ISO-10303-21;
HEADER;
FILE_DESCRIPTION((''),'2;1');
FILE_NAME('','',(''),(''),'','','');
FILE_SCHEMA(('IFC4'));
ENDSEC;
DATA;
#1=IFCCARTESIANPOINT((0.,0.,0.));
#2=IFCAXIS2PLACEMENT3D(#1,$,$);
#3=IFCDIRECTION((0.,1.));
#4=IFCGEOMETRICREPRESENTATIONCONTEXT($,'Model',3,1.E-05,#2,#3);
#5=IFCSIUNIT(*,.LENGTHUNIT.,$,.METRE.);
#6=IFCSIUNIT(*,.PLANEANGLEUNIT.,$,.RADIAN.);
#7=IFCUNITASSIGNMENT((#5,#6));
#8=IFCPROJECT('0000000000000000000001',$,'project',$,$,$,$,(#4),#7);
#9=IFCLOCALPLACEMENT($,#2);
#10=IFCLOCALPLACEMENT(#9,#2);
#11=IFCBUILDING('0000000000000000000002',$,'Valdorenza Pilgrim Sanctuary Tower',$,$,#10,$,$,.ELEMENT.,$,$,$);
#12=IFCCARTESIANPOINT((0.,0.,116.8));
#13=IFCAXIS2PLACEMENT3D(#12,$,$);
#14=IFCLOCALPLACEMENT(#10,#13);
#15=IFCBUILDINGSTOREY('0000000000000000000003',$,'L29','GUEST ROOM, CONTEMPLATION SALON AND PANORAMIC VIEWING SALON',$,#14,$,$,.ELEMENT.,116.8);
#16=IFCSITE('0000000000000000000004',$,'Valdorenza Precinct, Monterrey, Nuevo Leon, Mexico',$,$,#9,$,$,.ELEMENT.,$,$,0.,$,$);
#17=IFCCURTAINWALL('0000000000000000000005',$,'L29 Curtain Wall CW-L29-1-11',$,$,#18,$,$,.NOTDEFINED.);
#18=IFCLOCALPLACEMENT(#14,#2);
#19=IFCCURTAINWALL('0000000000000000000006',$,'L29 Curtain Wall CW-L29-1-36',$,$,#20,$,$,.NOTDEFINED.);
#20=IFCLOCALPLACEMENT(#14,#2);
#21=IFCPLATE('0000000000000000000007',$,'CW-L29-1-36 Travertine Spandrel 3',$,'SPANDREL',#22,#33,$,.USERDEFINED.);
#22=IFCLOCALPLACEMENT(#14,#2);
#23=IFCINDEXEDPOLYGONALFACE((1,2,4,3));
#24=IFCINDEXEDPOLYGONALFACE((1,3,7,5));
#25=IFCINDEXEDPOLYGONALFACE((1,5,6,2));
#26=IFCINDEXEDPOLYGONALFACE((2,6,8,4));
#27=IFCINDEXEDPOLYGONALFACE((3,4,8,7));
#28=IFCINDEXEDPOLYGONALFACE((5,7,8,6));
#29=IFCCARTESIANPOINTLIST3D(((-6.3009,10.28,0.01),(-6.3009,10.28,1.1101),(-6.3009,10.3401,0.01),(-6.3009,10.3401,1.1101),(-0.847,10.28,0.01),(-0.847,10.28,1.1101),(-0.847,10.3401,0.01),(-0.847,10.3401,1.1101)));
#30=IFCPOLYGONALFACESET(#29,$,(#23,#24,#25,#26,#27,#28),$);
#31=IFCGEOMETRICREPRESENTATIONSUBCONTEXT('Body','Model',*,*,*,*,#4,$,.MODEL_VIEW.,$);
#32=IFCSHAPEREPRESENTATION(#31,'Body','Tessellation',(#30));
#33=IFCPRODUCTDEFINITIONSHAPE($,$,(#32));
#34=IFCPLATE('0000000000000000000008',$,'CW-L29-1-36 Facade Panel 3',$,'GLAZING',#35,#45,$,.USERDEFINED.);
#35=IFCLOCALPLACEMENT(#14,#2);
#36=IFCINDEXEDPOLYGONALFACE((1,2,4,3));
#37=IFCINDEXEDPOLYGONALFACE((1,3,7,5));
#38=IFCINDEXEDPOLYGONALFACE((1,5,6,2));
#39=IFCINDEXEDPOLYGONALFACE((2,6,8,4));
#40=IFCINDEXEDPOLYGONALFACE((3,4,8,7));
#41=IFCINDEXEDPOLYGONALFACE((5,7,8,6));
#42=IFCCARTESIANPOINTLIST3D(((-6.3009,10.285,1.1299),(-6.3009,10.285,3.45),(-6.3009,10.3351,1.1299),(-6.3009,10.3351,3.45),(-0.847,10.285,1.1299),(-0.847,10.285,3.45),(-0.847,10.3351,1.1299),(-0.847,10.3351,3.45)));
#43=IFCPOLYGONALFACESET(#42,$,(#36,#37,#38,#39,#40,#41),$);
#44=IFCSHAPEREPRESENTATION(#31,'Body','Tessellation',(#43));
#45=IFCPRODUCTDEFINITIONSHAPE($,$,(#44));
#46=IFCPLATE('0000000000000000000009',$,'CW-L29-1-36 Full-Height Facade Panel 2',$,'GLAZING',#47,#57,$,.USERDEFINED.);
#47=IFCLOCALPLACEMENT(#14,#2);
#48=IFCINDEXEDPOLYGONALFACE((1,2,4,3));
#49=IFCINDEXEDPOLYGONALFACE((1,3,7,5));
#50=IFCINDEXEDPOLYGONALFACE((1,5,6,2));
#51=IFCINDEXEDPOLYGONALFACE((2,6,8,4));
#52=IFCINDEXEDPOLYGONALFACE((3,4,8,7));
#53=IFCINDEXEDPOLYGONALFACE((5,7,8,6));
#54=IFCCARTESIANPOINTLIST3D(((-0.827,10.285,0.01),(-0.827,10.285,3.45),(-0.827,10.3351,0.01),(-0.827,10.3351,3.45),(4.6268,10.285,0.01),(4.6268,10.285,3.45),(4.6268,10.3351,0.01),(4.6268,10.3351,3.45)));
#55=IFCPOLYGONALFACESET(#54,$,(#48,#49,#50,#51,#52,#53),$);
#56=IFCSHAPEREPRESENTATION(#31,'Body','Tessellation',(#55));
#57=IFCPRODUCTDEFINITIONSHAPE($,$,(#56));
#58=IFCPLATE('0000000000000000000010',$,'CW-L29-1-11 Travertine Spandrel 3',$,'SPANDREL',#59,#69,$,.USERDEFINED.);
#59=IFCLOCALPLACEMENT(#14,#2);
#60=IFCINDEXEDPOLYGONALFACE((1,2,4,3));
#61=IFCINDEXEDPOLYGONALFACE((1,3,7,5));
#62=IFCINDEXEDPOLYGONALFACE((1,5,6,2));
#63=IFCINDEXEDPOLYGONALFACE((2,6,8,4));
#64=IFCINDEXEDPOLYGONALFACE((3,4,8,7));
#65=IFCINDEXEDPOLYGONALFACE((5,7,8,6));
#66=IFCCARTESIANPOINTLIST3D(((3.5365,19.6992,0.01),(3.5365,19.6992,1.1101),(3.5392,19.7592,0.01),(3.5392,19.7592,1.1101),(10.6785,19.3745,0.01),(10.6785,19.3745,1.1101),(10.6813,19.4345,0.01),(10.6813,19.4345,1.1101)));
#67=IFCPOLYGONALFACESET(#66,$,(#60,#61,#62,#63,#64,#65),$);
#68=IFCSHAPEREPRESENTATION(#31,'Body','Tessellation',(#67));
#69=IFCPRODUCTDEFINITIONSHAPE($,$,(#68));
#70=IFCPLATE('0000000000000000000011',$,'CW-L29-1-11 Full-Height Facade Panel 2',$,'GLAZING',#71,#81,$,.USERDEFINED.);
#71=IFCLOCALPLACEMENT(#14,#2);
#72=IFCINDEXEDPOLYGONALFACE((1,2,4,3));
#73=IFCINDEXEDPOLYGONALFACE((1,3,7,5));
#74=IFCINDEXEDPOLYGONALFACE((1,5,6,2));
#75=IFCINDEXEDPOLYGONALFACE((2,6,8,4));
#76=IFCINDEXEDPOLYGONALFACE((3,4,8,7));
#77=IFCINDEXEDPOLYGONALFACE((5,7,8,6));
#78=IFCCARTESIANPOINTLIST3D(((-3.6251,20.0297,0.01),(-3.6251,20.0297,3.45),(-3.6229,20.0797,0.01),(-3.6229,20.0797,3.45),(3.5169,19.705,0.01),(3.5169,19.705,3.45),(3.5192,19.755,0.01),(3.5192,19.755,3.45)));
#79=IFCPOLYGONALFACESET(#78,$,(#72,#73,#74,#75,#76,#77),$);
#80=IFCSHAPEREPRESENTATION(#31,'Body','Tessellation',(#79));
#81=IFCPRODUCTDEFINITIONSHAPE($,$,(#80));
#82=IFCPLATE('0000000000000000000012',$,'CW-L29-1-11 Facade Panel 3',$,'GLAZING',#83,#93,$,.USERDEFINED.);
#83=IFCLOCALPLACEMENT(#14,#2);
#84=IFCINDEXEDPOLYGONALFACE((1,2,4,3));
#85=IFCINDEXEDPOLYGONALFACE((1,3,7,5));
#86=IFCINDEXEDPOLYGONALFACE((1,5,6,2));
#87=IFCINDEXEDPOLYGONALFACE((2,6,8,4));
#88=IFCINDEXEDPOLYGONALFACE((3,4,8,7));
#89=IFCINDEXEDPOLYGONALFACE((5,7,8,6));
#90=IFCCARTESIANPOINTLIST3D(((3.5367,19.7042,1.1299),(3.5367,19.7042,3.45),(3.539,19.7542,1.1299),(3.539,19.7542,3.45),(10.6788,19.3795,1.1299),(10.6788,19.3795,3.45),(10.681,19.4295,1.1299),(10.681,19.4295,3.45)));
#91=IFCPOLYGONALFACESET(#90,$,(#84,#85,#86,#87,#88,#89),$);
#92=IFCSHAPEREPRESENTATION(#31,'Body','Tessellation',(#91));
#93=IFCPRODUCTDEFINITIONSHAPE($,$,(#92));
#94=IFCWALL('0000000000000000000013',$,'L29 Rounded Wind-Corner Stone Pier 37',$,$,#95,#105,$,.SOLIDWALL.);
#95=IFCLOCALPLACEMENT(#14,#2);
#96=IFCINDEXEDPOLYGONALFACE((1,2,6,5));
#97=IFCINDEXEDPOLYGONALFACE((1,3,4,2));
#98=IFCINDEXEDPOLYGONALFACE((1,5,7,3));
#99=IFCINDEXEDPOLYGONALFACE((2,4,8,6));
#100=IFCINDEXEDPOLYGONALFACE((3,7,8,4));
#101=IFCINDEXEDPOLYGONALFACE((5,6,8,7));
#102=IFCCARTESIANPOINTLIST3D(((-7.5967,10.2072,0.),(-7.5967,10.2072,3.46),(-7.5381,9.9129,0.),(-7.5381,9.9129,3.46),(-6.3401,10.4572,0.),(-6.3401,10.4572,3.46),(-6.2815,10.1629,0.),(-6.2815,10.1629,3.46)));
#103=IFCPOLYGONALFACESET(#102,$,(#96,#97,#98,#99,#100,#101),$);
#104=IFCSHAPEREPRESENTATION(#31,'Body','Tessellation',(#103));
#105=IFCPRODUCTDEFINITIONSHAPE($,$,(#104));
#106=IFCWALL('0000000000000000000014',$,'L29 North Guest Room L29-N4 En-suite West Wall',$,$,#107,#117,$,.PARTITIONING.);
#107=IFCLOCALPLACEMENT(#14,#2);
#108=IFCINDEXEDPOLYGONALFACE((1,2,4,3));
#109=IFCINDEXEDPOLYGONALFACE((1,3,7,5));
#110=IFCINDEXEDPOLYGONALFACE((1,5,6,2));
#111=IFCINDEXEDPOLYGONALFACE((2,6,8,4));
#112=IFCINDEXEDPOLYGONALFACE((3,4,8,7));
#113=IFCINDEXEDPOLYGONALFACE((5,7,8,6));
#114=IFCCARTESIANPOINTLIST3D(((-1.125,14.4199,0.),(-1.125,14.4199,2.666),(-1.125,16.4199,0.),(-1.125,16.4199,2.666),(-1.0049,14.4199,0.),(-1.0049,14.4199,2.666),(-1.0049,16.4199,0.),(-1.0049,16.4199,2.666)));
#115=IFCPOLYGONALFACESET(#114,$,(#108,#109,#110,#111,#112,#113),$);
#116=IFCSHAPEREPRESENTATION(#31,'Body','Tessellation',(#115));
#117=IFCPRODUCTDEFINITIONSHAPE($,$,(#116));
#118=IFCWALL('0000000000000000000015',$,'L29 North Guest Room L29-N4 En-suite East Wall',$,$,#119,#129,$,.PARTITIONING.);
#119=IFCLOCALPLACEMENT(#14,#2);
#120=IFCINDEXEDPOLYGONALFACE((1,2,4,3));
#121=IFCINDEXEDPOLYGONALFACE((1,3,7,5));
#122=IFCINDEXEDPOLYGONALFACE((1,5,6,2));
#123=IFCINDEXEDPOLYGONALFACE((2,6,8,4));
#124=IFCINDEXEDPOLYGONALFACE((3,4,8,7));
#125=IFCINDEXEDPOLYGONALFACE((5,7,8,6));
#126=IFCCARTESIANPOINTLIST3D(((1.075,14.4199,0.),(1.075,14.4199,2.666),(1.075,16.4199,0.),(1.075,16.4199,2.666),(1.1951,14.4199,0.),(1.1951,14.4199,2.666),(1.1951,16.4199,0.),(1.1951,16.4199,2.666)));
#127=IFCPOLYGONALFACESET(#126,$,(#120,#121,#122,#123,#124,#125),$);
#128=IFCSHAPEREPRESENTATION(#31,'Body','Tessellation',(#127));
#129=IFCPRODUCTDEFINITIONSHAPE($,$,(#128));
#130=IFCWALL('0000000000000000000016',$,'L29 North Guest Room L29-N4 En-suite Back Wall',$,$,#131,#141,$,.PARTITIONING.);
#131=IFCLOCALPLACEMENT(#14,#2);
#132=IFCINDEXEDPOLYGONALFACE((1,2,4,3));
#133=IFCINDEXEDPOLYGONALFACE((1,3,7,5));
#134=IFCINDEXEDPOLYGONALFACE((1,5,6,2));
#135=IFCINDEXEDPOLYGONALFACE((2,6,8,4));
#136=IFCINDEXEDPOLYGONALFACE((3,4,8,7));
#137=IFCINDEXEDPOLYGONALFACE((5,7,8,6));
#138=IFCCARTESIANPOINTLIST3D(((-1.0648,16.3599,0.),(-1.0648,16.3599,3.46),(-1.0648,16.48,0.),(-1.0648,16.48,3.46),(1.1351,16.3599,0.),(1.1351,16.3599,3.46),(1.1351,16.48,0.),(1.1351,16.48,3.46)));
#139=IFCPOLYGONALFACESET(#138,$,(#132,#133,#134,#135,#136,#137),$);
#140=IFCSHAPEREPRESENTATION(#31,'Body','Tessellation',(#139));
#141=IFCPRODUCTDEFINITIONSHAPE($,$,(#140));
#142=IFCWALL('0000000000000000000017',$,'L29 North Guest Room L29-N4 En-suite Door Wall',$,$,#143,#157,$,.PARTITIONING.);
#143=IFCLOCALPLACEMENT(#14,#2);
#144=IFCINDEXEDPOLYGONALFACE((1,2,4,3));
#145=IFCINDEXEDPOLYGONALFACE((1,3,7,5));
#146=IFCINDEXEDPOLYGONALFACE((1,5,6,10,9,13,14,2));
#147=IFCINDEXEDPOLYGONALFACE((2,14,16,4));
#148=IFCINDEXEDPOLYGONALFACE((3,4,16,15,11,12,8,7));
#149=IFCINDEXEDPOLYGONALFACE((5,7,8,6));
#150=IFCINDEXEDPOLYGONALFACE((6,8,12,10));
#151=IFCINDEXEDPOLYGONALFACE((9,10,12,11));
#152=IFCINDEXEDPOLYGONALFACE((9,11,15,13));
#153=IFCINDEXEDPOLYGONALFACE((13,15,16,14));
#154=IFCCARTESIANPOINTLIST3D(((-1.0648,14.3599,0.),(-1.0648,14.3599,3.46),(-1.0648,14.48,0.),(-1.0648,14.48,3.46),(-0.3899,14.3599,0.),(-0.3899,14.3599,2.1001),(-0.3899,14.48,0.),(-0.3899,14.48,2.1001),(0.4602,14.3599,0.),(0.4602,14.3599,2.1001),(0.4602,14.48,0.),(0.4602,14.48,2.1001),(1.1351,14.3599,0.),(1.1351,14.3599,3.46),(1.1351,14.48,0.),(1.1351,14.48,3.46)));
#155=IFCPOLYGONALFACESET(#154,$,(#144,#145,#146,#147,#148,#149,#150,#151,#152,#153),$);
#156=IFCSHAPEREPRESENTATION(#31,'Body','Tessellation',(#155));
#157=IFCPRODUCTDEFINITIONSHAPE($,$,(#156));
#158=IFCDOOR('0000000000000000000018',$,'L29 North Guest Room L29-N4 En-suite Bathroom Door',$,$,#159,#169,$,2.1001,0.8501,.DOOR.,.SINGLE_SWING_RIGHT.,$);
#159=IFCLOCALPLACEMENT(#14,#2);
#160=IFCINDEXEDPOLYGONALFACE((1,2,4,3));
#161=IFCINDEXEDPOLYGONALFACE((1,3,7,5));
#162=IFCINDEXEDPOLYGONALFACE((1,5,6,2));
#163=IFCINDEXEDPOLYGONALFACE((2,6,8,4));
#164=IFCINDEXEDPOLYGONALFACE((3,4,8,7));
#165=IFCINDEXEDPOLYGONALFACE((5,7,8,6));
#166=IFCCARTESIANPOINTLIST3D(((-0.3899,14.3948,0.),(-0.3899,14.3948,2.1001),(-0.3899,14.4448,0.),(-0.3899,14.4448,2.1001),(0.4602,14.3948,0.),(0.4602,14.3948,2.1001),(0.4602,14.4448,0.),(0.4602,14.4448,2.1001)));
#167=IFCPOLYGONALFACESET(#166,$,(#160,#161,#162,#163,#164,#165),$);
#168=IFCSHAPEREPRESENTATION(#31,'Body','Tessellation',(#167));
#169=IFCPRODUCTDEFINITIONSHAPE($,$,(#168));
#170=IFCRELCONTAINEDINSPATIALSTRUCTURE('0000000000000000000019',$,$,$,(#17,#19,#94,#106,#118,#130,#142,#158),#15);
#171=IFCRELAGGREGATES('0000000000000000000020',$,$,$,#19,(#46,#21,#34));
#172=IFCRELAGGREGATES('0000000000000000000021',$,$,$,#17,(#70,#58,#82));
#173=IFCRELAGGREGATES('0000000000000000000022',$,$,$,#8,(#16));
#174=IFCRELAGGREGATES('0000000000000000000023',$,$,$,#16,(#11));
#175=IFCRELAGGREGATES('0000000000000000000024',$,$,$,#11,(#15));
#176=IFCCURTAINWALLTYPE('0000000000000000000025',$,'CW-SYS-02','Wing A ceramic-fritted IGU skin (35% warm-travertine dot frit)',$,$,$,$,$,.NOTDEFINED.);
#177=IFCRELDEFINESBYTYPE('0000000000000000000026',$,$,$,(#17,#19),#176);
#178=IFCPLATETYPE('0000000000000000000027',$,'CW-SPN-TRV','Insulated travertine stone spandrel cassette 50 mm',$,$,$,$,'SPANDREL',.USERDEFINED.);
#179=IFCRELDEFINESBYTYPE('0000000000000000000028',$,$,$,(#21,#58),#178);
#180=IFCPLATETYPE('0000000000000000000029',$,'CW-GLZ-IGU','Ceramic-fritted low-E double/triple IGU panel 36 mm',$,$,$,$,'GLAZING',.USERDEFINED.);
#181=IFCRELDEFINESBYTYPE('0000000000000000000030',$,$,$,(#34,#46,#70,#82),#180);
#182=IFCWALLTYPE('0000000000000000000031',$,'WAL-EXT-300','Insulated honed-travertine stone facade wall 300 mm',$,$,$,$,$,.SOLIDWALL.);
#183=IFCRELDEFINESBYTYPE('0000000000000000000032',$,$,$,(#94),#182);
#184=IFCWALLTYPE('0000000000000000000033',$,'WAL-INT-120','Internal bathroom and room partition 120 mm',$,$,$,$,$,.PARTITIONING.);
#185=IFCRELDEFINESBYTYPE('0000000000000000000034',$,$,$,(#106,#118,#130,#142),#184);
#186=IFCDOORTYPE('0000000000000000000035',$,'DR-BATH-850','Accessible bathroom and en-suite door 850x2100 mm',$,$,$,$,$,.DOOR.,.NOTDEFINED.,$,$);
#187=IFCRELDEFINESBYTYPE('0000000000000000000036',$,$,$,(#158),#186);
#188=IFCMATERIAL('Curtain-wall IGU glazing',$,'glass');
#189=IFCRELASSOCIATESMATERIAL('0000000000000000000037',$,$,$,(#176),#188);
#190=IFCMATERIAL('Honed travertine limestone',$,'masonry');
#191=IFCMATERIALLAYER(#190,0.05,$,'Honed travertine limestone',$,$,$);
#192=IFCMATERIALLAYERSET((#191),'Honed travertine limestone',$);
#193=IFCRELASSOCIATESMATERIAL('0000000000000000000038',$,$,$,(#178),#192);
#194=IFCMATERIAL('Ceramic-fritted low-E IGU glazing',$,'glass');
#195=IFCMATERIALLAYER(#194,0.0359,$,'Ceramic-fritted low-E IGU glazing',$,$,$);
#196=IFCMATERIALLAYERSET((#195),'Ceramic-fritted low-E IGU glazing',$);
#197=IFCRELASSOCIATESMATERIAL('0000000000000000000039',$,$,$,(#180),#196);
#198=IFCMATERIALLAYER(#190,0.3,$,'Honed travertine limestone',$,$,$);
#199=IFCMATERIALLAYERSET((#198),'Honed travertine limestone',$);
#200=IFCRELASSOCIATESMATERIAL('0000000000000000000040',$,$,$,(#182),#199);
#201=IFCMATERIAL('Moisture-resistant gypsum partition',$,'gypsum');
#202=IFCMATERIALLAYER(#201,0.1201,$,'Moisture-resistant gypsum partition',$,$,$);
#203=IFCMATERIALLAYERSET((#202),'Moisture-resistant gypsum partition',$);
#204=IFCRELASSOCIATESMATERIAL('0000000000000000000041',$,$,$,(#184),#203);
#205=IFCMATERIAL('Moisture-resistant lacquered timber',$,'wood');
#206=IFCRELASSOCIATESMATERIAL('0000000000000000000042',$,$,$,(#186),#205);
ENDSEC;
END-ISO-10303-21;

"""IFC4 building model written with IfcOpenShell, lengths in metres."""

from ifc_helpers import new_model, si_unit, direction, frame, frame_2d, origin, origin_2d, place, context, subcontext, project, spatial, rectangle, extrude, source, transform, mapped, material, layer, layer_set, type_object, element, fill, aggregate, save


model = new_model("IFC4")

# Units and contexts
model_context = context("Model", 3, precision=1e-05, world=origin(), true_north=direction((0.0, 1.0)))
body_context = subcontext(model_context, "Body", "Model", "MODEL_VIEW")
ifc_project = project(units=[si_unit("LENGTHUNIT", "METRE"), si_unit("PLANEANGLEUNIT", "RADIAN")], contexts=[model_context])

# Site, building, storey
site_placement = place(None, origin())
site = spatial("IfcSite", under=ifc_project, at=site_placement, Name="Valdorenza Precinct, Monterrey, Nuevo Leon, Mexico", CompositionType="ELEMENT", RefElevation=0.0)
building_placement = place(site_placement, origin())
building = spatial("IfcBuilding", under=site, at=building_placement, Name="Valdorenza Pilgrim Sanctuary Tower", CompositionType="ELEMENT")
storey_placement = place(building_placement, frame((0.0, 0.0, 116.8)))
storey = spatial("IfcBuildingStorey", under=building, at=storey_placement, Name="L29", Description="GUEST ROOM, CONTEMPLATION SALON AND PANORAMIC VIEWING SALON", CompositionType="ELEMENT", Elevation=116.8)

# Curtain wall
ifc_material_1 = material(Name="Curtain-wall IGU glazing", Category="glass")
curtain_wall_type = type_object("IfcCurtainWallType", Name="CW-SYS-02", Description="Wing A ceramic-fritted IGU skin (35% warm-travertine dot frit)", PredefinedType="NOTDEFINED", material=ifc_material_1)
curtain_wall_1_placement = place(storey_placement, origin())
curtain_wall_1 = element("IfcCurtainWall", 1, at=curtain_wall_1_placement, inside=storey, type_object=curtain_wall_type, Name="L29 Curtain Wall CW-L29-1-11", PredefinedType="NOTDEFINED")

# Curtain wall, plates
curtain_wall_2_placement = place(storey_placement, origin())
curtain_wall_2 = element("IfcCurtainWall", 2, at=curtain_wall_2_placement, inside=storey, type_object=curtain_wall_type, Name="L29 Curtain Wall CW-L29-1-36", PredefinedType="NOTDEFINED")
ifc_material_2 = material(Name="Honed travertine limestone", Category="masonry")
ifc_layer_1 = layer(ifc_material_2, 0.05, Name="Honed travertine limestone")
ifc_layer_set_1 = layer_set([ifc_layer_1], Name="Honed travertine limestone")
plate_type_1 = type_object("IfcPlateType", Name="CW-SPN-TRV", Description="Insulated travertine stone spandrel cassette 50 mm", ElementType="SPANDREL", PredefinedType="USERDEFINED", material=ifc_layer_set_1)
shared_shape_1 = source(origin(), body_context, "Body", "SweptSolid", [
    extrude(rectangle(XDim=5.4539, YDim=0.0601, at=origin_2d()), origin(), (0.0, 0.0, 1.0), 1.1001),
])
plate_1_placement = place(storey_placement, frame((-3.574, 10.3101, 0.01), z_axis=(0.0, 0.0, 1.0), x_axis=(-1.0, 0.0, 0.0)))
plate_1 = element("IfcPlate", 3, at=plate_1_placement, type_object=plate_type_1, Name="CW-L29-1-36 Travertine Spandrel 3", ObjectType="SPANDREL", PredefinedType="USERDEFINED", context=body_context, shape_type="MappedRepresentation", body=[
    mapped(shared_shape_1, transform((0.0, 0.0, 0.0), x_axis=(1.0, 0.0, 0.0), y_axis=(0.0, 1.0, 0.0), z_axis=(0.0, 0.0, 1.0), scale=1.0)),
])
ifc_material_3 = material(Name="Ceramic-fritted low-E IGU glazing", Category="glass")
ifc_layer_2 = layer(ifc_material_3, 0.0359, Name="Ceramic-fritted low-E IGU glazing")
ifc_layer_set_2 = layer_set([ifc_layer_2], Name="Ceramic-fritted low-E IGU glazing")
plate_type_2 = type_object("IfcPlateType", Name="CW-GLZ-IGU", Description="Ceramic-fritted low-E double/triple IGU panel 36 mm", ElementType="GLAZING", PredefinedType="USERDEFINED", material=ifc_layer_set_2)
shared_shape_2 = source(origin(), body_context, "Body", "SweptSolid", [
    extrude(rectangle(XDim=5.4539, YDim=0.05, at=origin_2d()), origin(), (0.0, 0.0, 1.0), 2.3201),
])
plate_2_placement = place(storey_placement, frame((-3.574, 10.3101, 1.1299), z_axis=(0.0, 0.0, 1.0), x_axis=(-1.0, 0.0, 0.0)))
plate_2 = element("IfcPlate", 4, at=plate_2_placement, type_object=plate_type_2, Name="CW-L29-1-36 Facade Panel 3", ObjectType="GLAZING", PredefinedType="USERDEFINED", context=body_context, shape_type="MappedRepresentation", body=[
    mapped(shared_shape_2, transform((0.0, 0.0, 0.0), x_axis=(1.0, 0.0, 0.0), y_axis=(0.0, 1.0, 0.0), z_axis=(0.0, 0.0, 1.0), scale=1.0)),
])
shared_shape_3 = source(origin(), body_context, "Body", "SweptSolid", [
    extrude(rectangle(XDim=5.4539, YDim=0.05, at=origin_2d()), origin(), (0.0, 0.0, 1.0), 3.4399),
])
plate_3_placement = place(storey_placement, frame((1.8999, 10.3101, 0.01), z_axis=(0.0, 0.0, 1.0), x_axis=(-1.0, 0.0, 0.0)))
plate_3 = element("IfcPlate", 5, at=plate_3_placement, type_object=plate_type_2, Name="CW-L29-1-36 Full-Height Facade Panel 2", ObjectType="GLAZING", PredefinedType="USERDEFINED", context=body_context, shape_type="MappedRepresentation", body=[
    mapped(shared_shape_3, transform((0.0, 0.0, 0.0), x_axis=(1.0, 0.0, 0.0), y_axis=(0.0, 1.0, 0.0), z_axis=(0.0, 0.0, 1.0), scale=1.0)),
])
aggregate(curtain_wall_2, [plate_3, plate_1, plate_2])

# Plates
shared_shape_4 = source(origin(), body_context, "Body", "SweptSolid", [
    extrude(rectangle(XDim=7.1494, YDim=0.0601, at=origin_2d()), origin(), (0.0, 0.0, 1.0), 1.1001),
])
plate_4_placement = place(storey_placement, frame((7.1089, 19.5669, 0.01), z_axis=(0.0, 0.0, 1.0), x_axis=(0.998968, -0.045415, 0.0)))
plate_4 = element("IfcPlate", 6, at=plate_4_placement, type_object=plate_type_1, Name="CW-L29-1-11 Travertine Spandrel 3", ObjectType="SPANDREL", PredefinedType="USERDEFINED", context=body_context, shape_type="MappedRepresentation", body=[
    mapped(shared_shape_4, transform((0.0, 0.0, 0.0), x_axis=(1.0, 0.0, 0.0), y_axis=(0.0, 1.0, 0.0), z_axis=(0.0, 0.0, 1.0), scale=1.0)),
])
shared_shape_5 = source(origin(), body_context, "Body", "SweptSolid", [
    extrude(rectangle(XDim=7.1494, YDim=0.05, at=origin_2d()), origin(), (0.0, 0.0, 1.0), 3.4399),
])
plate_5_placement = place(storey_placement, frame((-0.053, 19.8923, 0.01), z_axis=(0.0, 0.0, 1.0), x_axis=(0.998968, -0.045415, 0.0)))
plate_5 = element("IfcPlate", 7, at=plate_5_placement, type_object=plate_type_2, Name="CW-L29-1-11 Full-Height Facade Panel 2", ObjectType="GLAZING", PredefinedType="USERDEFINED", context=body_context, shape_type="MappedRepresentation", body=[
    mapped(shared_shape_5, transform((0.0, 0.0, 0.0), x_axis=(1.0, 0.0, 0.0), y_axis=(0.0, 1.0, 0.0), z_axis=(0.0, 0.0, 1.0), scale=1.0)),
])
shared_shape_6 = source(origin(), body_context, "Body", "SweptSolid", [
    extrude(rectangle(XDim=7.1494, YDim=0.05, at=origin_2d()), origin(), (0.0, 0.0, 1.0), 2.3201),
])
plate_6_placement = place(storey_placement, frame((7.1089, 19.5669, 1.1299), z_axis=(0.0, 0.0, 1.0), x_axis=(0.998968, -0.045415, 0.0)))
plate_6 = element("IfcPlate", 8, at=plate_6_placement, type_object=plate_type_2, Name="CW-L29-1-11 Facade Panel 3", ObjectType="GLAZING", PredefinedType="USERDEFINED", context=body_context, shape_type="MappedRepresentation", body=[
    mapped(shared_shape_6, transform((0.0, 0.0, 0.0), x_axis=(1.0, 0.0, 0.0), y_axis=(0.0, 1.0, 0.0), z_axis=(0.0, 0.0, 1.0), scale=1.0)),
])
aggregate(curtain_wall_1, [plate_5, plate_4, plate_6])

# Walls
ifc_layer_3 = layer(ifc_material_2, 0.3, Name="Honed travertine limestone")
ifc_layer_set_3 = layer_set([ifc_layer_3], Name="Honed travertine limestone")
wall_type_1 = type_object("IfcWallType", Name="WAL-EXT-300", Description="Insulated honed-travertine stone facade wall 300 mm", PredefinedType="SOLIDWALL", material=ifc_layer_set_3)
wall_1_placement = place(storey_placement, frame((-6.3108, 10.3101, 0.0), z_axis=(0.0, 0.0, 1.0), x_axis=(-0.980778, -0.195127, 0.0)))
element("IfcWall", 9, at=wall_1_placement, inside=storey, type_object=wall_type_1, Name="L29 Rounded Wind-Corner Stone Pier 37", PredefinedType="SOLIDWALL", context=body_context, shape_type="SweptSolid", body=[
    extrude(rectangle(XDim=1.2812, YDim=0.3, at=frame_2d((0.6406, 0.0))), origin(), (0.0, 0.0, 1.0), 3.46),
])
ifc_material_4 = material(Name="Moisture-resistant gypsum partition", Category="gypsum")
ifc_layer_4 = layer(ifc_material_4, 0.1201, Name="Moisture-resistant gypsum partition")
ifc_layer_set_4 = layer_set([ifc_layer_4], Name="Moisture-resistant gypsum partition")
wall_type_2 = type_object("IfcWallType", Name="WAL-INT-120", Description="Internal bathroom and room partition 120 mm", PredefinedType="PARTITIONING", material=ifc_layer_set_4)
for number, where, z_axis, x_axis, name in (
    (10, (-1.0649, 14.4199, 0.0), (0.0, 0.0, 1.0), (0.0, 1.0, 0.0), "L29 North Guest Room L29-N4 En-suite West Wall"),
    (11, (1.135, 14.4199, 0.0), (0.0, 0.0, 1.0), (0.0, 1.0, 0.0), "L29 North Guest Room L29-N4 En-suite East Wall"),
):
    element("IfcWall", number, at=place(storey_placement, frame(where, z_axis=z_axis, x_axis=x_axis)), inside=storey, type_object=wall_type_2, Name=name, PredefinedType="PARTITIONING", context=body_context, shape_type="SweptSolid", body=[
        extrude(rectangle(XDim=2.0, YDim=0.1201, at=frame_2d((1.0, 0.0))), origin(), (0.0, 0.0, 1.0), 2.666),
    ])
wall_2_placement = place(storey_placement, frame((-1.0649, 16.4199, 0.0), z_axis=(0.0, 0.0, 1.0), x_axis=(1.0, 0.0, 0.0)))
element("IfcWall", 12, at=wall_2_placement, inside=storey, type_object=wall_type_2, Name="L29 North Guest Room L29-N4 En-suite Back Wall", PredefinedType="PARTITIONING", context=body_context, shape_type="SweptSolid", body=[
    extrude(rectangle(XDim=2.2, YDim=0.1201, at=frame_2d((1.1001, 0.0))), origin(), (0.0, 0.0, 1.0), 3.46),
])

# Wall, opening, door
wall_3_placement = place(storey_placement, frame((-1.0649, 14.4199, 0.0), z_axis=(0.0, 0.0, 1.0), x_axis=(1.0, 0.0, 0.0)))
wall_3 = element("IfcWall", 13, at=wall_3_placement, inside=storey, type_object=wall_type_2, Name="L29 North Guest Room L29-N4 En-suite Door Wall", PredefinedType="PARTITIONING", context=body_context, shape_type="SweptSolid", body=[
    extrude(rectangle(XDim=2.2, YDim=0.1201, at=frame_2d((1.1001, 0.0))), origin(), (0.0, 0.0, 1.0), 3.46),
])
opening_placement = place(wall_3_placement, frame((0.675, 0.0, 0.0)))
opening = element("IfcOpeningElement", 14, at=opening_placement, cuts=wall_3, PredefinedType="OPENING", context=body_context, shape_type="SweptSolid", body=[
    extrude(rectangle(XDim=0.8501, YDim=2.1001, at=frame_2d((0.425, 1.05))), frame((0.0, 0.075, 0.0), z_axis=(0.0, -1.0, 0.0), x_axis=(1.0, 0.0, 0.0)), (0.0, 0.0, 1.0), 0.1499),
])
ifc_material_5 = material(Name="Moisture-resistant lacquered timber", Category="wood")
door_type = type_object("IfcDoorType", Name="DR-BATH-850", Description="Accessible bathroom and en-suite door 850x2100 mm", OperationType="NOTDEFINED", PredefinedType="DOOR", material=ifc_material_5)
door_placement = place(opening_placement, origin())
door = element("IfcDoor", 15, at=door_placement, inside=storey, type_object=door_type, Name="L29 North Guest Room L29-N4 En-suite Bathroom Door", OperationType="SINGLE_SWING_RIGHT", OverallHeight=2.1001, OverallWidth=0.8501, PredefinedType="DOOR", context=body_context, shape_type="SweptSolid", body=[
    extrude(rectangle(XDim=0.8501, YDim=2.1001, at=frame_2d((0.425, 1.05))), frame((0.0, 0.0249, 0.0), z_axis=(0.0, -1.0, 0.0), x_axis=(1.0, 0.0, 0.0)), (0.0, 0.0, 1.0), 0.05),
])
fill(opening, door)

save(model, "model.ifc")
